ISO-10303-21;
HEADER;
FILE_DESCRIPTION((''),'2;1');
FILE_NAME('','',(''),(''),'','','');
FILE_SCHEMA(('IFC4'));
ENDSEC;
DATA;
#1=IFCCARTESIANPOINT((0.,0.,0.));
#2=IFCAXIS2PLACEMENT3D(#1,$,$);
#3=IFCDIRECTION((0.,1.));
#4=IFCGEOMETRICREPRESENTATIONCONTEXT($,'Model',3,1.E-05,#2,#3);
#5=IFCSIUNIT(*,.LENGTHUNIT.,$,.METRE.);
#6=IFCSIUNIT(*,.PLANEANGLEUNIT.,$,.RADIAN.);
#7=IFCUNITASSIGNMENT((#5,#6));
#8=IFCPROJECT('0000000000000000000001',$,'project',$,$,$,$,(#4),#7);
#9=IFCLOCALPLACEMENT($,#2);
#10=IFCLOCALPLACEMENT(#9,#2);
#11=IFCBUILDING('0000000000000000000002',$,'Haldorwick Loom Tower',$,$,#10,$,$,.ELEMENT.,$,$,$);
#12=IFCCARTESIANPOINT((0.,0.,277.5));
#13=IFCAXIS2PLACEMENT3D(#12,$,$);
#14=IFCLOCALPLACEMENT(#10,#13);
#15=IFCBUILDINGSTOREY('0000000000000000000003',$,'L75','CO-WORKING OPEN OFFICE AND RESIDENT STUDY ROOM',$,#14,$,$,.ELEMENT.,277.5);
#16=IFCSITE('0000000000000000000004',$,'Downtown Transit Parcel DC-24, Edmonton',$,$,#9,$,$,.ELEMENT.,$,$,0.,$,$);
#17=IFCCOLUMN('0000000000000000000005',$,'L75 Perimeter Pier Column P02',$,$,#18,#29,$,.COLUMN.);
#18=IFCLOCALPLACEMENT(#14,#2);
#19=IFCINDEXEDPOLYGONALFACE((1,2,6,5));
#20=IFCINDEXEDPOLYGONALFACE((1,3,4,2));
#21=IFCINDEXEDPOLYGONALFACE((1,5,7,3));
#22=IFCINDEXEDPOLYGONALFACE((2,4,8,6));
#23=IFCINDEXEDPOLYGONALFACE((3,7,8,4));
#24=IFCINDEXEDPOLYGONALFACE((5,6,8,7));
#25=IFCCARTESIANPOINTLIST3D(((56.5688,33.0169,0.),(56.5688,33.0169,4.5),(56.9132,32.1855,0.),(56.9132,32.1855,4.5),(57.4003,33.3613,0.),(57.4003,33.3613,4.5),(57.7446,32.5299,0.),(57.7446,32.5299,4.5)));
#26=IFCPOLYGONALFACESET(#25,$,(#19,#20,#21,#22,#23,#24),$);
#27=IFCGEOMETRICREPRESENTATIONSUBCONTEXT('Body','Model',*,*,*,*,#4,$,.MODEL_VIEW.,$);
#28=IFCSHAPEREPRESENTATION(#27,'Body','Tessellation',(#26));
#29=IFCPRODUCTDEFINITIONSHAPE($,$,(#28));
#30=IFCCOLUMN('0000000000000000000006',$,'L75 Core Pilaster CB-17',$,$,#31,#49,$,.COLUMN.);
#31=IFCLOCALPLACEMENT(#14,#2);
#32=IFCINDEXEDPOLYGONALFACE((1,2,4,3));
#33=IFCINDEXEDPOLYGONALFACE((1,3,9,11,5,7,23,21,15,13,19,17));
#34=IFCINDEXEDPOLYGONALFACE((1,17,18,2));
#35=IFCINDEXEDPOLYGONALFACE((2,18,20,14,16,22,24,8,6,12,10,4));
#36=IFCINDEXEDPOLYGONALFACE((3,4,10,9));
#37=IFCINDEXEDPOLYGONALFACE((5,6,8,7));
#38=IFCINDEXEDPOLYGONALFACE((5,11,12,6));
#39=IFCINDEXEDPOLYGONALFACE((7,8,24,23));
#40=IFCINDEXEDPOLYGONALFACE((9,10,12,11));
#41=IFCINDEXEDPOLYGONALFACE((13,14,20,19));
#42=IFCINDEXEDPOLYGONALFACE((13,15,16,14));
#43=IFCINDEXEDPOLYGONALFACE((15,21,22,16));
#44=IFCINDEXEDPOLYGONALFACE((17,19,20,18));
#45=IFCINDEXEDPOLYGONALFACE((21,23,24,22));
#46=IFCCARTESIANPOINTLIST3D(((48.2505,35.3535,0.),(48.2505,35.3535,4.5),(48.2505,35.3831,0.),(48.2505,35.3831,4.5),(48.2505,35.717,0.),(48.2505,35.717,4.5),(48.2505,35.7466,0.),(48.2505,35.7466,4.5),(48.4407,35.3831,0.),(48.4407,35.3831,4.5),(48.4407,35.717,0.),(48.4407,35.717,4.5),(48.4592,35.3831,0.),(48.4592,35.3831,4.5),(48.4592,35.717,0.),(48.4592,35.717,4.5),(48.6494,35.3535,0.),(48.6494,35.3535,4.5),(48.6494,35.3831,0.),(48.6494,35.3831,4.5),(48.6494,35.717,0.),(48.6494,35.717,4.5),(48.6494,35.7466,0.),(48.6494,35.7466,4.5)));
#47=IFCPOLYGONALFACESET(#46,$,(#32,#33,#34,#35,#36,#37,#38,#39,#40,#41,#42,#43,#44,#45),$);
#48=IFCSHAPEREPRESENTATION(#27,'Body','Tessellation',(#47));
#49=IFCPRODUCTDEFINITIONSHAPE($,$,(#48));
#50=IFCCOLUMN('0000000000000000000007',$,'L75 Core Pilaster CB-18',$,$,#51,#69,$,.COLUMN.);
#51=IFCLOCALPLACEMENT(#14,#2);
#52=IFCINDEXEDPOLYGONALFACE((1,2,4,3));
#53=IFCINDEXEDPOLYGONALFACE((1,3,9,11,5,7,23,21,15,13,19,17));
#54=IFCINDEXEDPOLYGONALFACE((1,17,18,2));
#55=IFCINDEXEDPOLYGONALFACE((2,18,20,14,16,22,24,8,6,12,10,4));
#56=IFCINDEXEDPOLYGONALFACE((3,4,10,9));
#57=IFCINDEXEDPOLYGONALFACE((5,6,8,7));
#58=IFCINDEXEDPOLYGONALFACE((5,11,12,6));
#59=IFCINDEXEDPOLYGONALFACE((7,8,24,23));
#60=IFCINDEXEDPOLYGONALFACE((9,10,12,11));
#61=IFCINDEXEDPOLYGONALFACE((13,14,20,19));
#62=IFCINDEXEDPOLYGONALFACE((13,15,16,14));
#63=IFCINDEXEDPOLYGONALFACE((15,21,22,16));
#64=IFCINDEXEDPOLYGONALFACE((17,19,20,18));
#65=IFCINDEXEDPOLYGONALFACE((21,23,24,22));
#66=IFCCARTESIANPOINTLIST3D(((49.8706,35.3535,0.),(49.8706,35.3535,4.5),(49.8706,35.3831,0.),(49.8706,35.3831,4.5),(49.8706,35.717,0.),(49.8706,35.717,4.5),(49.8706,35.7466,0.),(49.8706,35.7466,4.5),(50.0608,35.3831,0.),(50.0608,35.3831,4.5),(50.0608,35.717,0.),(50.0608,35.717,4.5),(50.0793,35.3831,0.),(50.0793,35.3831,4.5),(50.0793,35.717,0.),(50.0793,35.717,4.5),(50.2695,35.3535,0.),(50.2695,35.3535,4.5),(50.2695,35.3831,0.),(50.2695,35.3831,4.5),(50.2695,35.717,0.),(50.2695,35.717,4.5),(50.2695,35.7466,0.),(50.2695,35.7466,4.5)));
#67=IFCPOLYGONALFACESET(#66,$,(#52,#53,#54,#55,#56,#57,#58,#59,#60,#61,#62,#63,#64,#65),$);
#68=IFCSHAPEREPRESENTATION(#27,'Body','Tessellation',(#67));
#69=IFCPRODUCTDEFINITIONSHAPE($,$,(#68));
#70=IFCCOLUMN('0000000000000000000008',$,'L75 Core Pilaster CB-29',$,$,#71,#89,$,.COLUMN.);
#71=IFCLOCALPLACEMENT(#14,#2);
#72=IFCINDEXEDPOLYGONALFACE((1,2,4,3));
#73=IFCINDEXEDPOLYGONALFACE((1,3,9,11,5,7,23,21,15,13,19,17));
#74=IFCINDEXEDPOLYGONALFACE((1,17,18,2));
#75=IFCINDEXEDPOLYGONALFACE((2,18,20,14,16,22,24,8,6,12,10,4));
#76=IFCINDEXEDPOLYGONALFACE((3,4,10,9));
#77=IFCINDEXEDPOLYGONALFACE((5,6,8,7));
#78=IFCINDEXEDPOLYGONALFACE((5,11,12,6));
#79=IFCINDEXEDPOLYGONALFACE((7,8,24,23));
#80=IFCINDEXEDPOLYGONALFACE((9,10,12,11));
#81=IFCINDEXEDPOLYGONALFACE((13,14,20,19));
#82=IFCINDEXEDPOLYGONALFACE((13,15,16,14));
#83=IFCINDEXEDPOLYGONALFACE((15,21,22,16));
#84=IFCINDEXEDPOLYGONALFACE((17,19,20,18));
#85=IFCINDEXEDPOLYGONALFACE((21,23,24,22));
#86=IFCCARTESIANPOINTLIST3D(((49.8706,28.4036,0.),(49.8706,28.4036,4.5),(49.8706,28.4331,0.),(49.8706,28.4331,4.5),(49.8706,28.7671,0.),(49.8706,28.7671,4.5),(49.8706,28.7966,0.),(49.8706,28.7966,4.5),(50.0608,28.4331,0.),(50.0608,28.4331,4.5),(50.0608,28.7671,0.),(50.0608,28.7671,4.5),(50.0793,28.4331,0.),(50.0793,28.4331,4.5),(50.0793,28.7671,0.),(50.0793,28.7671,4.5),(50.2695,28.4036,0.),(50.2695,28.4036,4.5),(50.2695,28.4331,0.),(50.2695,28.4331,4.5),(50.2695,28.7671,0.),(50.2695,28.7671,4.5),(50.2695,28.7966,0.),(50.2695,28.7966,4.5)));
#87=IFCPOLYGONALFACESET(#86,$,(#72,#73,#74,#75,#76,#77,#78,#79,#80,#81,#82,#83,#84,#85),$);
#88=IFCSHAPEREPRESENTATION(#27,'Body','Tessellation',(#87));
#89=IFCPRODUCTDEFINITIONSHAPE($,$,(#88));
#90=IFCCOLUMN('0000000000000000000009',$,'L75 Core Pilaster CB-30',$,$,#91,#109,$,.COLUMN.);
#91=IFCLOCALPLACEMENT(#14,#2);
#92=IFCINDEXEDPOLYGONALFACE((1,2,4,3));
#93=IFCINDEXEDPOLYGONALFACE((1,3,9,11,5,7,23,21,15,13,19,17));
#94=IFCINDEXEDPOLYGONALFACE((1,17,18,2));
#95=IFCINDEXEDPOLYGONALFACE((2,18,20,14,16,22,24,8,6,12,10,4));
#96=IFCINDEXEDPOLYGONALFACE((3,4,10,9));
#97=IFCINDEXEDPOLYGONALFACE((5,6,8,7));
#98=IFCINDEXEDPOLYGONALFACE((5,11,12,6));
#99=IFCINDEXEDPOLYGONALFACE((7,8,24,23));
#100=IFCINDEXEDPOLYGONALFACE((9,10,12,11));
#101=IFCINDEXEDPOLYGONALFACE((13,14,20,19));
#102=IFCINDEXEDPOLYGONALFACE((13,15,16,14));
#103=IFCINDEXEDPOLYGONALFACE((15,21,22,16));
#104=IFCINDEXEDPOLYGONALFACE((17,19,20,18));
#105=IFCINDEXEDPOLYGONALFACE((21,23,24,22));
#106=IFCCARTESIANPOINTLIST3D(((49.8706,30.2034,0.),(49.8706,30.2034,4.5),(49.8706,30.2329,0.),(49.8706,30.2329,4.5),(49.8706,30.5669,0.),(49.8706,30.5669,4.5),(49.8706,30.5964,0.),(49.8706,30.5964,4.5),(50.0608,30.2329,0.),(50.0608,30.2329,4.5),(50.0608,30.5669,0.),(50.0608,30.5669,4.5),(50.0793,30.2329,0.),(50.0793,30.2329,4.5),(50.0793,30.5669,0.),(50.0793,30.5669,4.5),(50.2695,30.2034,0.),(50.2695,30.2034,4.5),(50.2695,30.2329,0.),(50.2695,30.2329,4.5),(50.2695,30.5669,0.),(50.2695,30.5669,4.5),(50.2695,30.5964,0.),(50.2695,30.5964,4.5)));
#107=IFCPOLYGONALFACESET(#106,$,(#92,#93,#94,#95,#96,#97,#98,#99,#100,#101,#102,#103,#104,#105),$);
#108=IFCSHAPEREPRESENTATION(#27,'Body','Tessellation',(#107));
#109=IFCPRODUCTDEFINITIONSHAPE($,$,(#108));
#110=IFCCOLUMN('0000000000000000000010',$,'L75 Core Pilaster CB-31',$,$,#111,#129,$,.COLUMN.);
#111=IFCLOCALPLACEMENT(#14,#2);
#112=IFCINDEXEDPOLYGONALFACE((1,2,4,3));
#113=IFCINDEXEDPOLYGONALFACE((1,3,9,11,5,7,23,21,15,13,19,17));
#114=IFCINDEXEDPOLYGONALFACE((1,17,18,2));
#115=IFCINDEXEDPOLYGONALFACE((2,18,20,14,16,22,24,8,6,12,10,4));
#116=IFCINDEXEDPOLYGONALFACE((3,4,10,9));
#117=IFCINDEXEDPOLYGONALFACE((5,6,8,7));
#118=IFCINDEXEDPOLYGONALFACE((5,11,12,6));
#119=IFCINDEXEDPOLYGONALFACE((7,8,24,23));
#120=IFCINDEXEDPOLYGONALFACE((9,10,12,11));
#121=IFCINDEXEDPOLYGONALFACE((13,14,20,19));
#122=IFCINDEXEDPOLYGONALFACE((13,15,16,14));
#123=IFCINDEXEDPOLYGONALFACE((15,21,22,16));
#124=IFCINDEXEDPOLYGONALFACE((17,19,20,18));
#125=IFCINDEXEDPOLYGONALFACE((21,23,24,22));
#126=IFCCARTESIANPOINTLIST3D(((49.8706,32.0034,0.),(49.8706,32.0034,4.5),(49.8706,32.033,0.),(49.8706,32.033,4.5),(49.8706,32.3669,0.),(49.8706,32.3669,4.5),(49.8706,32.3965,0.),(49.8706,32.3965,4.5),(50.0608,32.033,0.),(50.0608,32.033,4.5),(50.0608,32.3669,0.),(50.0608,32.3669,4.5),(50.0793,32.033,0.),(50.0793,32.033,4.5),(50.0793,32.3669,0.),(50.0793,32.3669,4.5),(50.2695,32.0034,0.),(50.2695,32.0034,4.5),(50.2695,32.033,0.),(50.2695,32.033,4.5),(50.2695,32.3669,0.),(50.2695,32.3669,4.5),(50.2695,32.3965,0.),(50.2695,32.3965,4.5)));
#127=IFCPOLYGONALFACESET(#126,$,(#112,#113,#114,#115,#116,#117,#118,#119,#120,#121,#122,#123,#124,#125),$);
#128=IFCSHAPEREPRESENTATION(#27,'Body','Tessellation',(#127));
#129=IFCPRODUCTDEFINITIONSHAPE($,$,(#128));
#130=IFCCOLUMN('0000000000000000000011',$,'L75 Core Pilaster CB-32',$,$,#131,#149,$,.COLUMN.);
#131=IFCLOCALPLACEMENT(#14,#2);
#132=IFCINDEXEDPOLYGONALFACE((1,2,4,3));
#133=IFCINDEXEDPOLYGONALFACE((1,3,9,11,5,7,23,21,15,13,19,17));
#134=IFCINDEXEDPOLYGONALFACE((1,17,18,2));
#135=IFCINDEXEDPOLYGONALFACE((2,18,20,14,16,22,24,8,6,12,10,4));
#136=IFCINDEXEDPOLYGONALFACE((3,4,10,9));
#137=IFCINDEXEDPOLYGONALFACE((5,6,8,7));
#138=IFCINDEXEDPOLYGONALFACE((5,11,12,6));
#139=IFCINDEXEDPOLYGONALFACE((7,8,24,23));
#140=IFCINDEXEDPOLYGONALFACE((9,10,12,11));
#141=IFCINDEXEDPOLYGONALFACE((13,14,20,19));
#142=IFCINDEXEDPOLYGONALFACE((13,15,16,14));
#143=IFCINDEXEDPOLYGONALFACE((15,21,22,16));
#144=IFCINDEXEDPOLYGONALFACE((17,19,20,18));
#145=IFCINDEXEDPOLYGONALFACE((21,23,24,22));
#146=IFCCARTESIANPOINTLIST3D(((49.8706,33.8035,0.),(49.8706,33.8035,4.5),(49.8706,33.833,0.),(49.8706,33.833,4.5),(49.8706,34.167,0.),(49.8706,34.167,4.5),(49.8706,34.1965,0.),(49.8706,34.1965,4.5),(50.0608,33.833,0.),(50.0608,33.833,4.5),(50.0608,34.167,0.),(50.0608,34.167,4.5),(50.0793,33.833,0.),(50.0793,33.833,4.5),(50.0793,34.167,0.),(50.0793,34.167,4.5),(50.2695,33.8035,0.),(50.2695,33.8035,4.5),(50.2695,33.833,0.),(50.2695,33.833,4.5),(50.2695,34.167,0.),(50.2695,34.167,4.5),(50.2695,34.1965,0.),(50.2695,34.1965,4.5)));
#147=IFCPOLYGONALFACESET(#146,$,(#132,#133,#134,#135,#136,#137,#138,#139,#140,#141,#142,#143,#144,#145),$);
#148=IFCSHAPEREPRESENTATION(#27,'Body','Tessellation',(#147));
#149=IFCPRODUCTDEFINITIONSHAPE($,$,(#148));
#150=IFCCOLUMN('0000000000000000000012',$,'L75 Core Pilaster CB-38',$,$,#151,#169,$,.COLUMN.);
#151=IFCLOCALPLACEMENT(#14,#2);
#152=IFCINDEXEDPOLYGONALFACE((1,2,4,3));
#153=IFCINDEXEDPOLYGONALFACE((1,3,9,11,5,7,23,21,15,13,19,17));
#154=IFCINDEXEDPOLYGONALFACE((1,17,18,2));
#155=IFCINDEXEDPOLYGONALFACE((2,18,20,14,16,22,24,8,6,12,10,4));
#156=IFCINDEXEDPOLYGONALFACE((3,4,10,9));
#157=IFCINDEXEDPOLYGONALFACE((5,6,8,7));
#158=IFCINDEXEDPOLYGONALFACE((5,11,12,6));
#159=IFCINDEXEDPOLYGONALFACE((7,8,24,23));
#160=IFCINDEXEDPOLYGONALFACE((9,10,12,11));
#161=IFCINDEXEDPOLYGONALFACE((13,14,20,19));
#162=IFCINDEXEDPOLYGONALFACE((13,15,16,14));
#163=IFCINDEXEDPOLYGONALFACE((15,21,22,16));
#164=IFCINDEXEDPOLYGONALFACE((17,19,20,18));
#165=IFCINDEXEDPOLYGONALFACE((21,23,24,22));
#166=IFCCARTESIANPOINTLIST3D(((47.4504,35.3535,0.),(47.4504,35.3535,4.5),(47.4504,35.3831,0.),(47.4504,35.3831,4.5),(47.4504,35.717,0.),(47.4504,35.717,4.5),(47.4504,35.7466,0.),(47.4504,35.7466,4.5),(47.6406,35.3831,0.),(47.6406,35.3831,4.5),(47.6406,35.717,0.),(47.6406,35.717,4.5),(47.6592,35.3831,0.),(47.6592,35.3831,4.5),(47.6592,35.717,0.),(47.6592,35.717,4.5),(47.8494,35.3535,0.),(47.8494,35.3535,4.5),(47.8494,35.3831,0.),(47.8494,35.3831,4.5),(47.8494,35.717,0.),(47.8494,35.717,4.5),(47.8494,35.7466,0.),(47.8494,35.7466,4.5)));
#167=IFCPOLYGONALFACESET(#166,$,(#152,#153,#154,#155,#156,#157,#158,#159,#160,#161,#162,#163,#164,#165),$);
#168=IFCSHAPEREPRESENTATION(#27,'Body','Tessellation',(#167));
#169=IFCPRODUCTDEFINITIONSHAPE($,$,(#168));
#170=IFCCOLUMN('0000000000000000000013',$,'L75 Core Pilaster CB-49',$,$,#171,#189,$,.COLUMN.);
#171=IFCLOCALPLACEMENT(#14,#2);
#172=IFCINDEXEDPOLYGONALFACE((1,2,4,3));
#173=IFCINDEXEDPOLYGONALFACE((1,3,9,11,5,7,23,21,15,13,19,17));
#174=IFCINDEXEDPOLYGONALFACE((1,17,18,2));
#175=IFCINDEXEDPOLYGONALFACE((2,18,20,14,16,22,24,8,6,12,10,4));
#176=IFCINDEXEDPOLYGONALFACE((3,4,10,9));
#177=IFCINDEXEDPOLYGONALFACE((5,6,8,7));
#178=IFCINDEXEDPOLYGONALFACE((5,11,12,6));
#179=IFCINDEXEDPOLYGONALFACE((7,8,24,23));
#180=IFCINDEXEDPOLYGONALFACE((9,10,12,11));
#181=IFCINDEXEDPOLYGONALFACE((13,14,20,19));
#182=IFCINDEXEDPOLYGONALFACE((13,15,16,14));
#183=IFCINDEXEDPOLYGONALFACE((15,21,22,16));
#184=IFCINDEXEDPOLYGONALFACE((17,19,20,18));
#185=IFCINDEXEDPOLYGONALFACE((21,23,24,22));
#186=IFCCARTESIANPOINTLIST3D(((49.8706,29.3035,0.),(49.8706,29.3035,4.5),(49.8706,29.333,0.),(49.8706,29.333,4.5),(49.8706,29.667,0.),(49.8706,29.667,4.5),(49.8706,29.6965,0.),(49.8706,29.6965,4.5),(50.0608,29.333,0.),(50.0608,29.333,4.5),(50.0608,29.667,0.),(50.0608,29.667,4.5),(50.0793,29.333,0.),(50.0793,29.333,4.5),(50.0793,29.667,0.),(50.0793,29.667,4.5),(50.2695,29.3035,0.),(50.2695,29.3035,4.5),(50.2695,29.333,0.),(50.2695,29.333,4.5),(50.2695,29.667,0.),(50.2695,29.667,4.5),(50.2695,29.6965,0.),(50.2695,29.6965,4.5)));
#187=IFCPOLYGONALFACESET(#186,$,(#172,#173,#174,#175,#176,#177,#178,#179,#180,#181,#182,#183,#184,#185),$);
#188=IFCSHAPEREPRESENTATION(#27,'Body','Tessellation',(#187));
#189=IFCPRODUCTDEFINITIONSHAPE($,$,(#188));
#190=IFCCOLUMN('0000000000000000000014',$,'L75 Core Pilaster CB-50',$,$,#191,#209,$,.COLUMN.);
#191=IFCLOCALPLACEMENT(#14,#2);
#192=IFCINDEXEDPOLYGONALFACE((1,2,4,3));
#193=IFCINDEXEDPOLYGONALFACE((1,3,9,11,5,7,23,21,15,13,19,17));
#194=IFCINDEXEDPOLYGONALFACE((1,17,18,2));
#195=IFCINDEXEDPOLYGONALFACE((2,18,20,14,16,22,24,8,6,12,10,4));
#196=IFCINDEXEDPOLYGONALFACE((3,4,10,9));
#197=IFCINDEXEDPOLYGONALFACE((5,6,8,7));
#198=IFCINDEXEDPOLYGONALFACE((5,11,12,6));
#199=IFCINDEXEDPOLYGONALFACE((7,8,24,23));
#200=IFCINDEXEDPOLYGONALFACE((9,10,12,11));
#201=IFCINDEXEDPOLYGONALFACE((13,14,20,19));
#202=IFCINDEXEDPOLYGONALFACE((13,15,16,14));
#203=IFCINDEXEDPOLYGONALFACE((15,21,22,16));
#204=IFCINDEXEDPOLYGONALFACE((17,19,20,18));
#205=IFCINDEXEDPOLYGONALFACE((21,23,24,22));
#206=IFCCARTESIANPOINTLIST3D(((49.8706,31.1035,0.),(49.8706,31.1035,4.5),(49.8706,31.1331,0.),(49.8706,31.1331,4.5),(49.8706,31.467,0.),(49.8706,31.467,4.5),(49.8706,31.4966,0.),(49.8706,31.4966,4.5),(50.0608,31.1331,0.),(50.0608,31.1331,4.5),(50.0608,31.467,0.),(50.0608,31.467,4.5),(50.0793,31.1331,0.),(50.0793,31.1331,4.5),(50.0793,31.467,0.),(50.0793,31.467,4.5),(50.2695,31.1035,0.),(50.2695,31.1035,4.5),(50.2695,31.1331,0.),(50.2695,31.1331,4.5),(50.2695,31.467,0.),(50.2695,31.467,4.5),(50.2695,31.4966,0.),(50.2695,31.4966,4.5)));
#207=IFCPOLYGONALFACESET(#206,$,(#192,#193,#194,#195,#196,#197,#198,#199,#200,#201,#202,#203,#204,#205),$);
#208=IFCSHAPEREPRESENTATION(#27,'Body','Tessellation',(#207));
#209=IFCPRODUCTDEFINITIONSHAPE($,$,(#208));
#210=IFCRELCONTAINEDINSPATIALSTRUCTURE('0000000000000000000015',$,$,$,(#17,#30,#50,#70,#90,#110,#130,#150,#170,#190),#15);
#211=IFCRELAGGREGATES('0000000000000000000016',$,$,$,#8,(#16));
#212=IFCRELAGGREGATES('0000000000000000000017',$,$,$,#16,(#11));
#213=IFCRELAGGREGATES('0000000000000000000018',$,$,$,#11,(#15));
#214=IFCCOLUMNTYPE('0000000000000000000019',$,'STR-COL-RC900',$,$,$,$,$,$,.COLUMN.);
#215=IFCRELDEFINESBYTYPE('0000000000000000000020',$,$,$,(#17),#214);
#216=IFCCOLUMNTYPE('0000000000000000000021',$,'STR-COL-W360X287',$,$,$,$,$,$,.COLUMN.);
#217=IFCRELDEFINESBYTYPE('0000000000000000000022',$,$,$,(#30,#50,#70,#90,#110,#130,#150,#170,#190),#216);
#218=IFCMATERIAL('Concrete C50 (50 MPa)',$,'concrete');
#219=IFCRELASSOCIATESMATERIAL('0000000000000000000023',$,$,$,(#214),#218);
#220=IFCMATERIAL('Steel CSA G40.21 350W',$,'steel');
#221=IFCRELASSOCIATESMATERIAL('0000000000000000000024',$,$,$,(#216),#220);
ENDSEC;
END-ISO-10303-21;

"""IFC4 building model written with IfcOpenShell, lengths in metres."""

from ifc_helpers import new_model, si_unit, direction, frame, origin, origin_2d, place, context, subcontext, project, spatial, rectangle, i_section, extrude, material, material_profile, profile_set, type_object, element, save


model = new_model("IFC4")

# Units and contexts
model_context = context("Model", 3, precision=1e-05, world=origin(), true_north=direction((0.0, 1.0)))
body_context = subcontext(model_context, "Body", "Model", "MODEL_VIEW")
ifc_project = project(units=[si_unit("LENGTHUNIT", "METRE"), si_unit("PLANEANGLEUNIT", "RADIAN")], contexts=[model_context])

# Site, building, storey
site_placement = place(None, origin())
site = spatial("IfcSite", under=ifc_project, at=site_placement, Name="Downtown Transit Parcel DC-24, Edmonton", CompositionType="ELEMENT", RefElevation=0.0)
building_placement = place(site_placement, origin())
building = spatial("IfcBuilding", under=site, at=building_placement, Name="Haldorwick Loom Tower", CompositionType="ELEMENT")
storey_placement = place(building_placement, frame((0.0, 0.0, 277.5)))
storey = spatial("IfcBuildingStorey", under=building, at=storey_placement, Name="L75", Description="CO-WORKING OPEN OFFICE AND RESIDENT STUDY ROOM", CompositionType="ELEMENT", Elevation=277.5)

# Columns
ifc_material_1 = material(Name="Concrete C50 (50 MPa)", Category="concrete")
ifc_material_profile_1 = material_profile(ifc_material_1, rectangle(XDim=0.8999, YDim=0.8999, at=origin_2d()), Name="RC900X900", Category="concrete")
ifc_profile_set_1 = profile_set([ifc_material_profile_1], Name="Concrete C50 (50 MPa)")
column_type_1 = type_object("IfcColumnType", Name="STR-COL-RC900", PredefinedType="COLUMN", material=ifc_profile_set_1)
column_placement = place(storey_placement, frame((57.1567, 32.7734, 0.0), z_axis=(0.0, 0.0, 1.0), x_axis=(0.92388, 0.382683, 0.0)))
element("IfcColumn", 1, at=column_placement, inside=storey, type_object=column_type_1, Name="L75 Perimeter Pier Column P02", PredefinedType="COLUMN", context=body_context, shape_type="SweptSolid", body=[
    extrude(rectangle(XDim=0.8999, YDim=0.8999, at=origin_2d()), origin(), (0.0, 0.0, 1.0), 4.5),
])
ifc_material_2 = material(Name="Steel CSA G40.21 350W", Category="steel")
ifc_material_profile_2 = material_profile(ifc_material_2, i_section(OverallWidth=0.3989, OverallDepth=0.3931, WebThickness=0.0186, FlangeThickness=0.0295, at=origin_2d()), Name="W360X287", Category="steel")
ifc_profile_set_2 = profile_set([ifc_material_profile_2], Name="Steel CSA G40.21 350W")
column_type_2 = type_object("IfcColumnType", Name="STR-COL-W360X287", PredefinedType="COLUMN", material=ifc_profile_set_2)
for number, where, z_axis, x_axis, name in (
    (2, (48.45, 35.55, 0.0), (0.0, 0.0, 1.0), (1.0, 0.0, 0.0), "L75 Core Pilaster CB-17"),
    (3, (50.0701, 35.55, 0.0), (0.0, 0.0, 1.0), (1.0, 0.0, 0.0), "L75 Core Pilaster CB-18"),
    (4, (50.0701, 28.6001, 0.0), (0.0, 0.0, 1.0), (1.0, 0.0, 0.0), "L75 Core Pilaster CB-29"),
    (5, (50.0701, 30.3999, 0.0), (0.0, 0.0, 1.0), (1.0, 0.0, 0.0), "L75 Core Pilaster CB-30"),
    (6, (50.0701, 32.2, 0.0), (0.0, 0.0, 1.0), (1.0, 0.0, 0.0), "L75 Core Pilaster CB-31"),
    (7, (50.0701, 34.0, 0.0), (0.0, 0.0, 1.0), (1.0, 0.0, 0.0), "L75 Core Pilaster CB-32"),
    (8, (47.6499, 35.55, 0.0), (0.0, 0.0, 1.0), (1.0, 0.0, 0.0), "L75 Core Pilaster CB-38"),
    (9, (50.0701, 29.5, 0.0), (0.0, 0.0, 1.0), (1.0, 0.0, 0.0), "L75 Core Pilaster CB-49"),
    (10, (50.0701, 31.3, 0.0), (0.0, 0.0, 1.0), (1.0, 0.0, 0.0), "L75 Core Pilaster CB-50"),
):
    element("IfcColumn", number, at=place(storey_placement, frame(where, z_axis=z_axis, x_axis=x_axis)), inside=storey, type_object=column_type_2, Name=name, PredefinedType="COLUMN", context=body_context, shape_type="SweptSolid", body=[
        extrude(i_section(OverallWidth=0.3989, OverallDepth=0.3931, WebThickness=0.0186, FlangeThickness=0.0295, at=origin_2d()), origin(), (0.0, 0.0, 1.0), 4.5),
    ])

save(model, "model.ifc")
